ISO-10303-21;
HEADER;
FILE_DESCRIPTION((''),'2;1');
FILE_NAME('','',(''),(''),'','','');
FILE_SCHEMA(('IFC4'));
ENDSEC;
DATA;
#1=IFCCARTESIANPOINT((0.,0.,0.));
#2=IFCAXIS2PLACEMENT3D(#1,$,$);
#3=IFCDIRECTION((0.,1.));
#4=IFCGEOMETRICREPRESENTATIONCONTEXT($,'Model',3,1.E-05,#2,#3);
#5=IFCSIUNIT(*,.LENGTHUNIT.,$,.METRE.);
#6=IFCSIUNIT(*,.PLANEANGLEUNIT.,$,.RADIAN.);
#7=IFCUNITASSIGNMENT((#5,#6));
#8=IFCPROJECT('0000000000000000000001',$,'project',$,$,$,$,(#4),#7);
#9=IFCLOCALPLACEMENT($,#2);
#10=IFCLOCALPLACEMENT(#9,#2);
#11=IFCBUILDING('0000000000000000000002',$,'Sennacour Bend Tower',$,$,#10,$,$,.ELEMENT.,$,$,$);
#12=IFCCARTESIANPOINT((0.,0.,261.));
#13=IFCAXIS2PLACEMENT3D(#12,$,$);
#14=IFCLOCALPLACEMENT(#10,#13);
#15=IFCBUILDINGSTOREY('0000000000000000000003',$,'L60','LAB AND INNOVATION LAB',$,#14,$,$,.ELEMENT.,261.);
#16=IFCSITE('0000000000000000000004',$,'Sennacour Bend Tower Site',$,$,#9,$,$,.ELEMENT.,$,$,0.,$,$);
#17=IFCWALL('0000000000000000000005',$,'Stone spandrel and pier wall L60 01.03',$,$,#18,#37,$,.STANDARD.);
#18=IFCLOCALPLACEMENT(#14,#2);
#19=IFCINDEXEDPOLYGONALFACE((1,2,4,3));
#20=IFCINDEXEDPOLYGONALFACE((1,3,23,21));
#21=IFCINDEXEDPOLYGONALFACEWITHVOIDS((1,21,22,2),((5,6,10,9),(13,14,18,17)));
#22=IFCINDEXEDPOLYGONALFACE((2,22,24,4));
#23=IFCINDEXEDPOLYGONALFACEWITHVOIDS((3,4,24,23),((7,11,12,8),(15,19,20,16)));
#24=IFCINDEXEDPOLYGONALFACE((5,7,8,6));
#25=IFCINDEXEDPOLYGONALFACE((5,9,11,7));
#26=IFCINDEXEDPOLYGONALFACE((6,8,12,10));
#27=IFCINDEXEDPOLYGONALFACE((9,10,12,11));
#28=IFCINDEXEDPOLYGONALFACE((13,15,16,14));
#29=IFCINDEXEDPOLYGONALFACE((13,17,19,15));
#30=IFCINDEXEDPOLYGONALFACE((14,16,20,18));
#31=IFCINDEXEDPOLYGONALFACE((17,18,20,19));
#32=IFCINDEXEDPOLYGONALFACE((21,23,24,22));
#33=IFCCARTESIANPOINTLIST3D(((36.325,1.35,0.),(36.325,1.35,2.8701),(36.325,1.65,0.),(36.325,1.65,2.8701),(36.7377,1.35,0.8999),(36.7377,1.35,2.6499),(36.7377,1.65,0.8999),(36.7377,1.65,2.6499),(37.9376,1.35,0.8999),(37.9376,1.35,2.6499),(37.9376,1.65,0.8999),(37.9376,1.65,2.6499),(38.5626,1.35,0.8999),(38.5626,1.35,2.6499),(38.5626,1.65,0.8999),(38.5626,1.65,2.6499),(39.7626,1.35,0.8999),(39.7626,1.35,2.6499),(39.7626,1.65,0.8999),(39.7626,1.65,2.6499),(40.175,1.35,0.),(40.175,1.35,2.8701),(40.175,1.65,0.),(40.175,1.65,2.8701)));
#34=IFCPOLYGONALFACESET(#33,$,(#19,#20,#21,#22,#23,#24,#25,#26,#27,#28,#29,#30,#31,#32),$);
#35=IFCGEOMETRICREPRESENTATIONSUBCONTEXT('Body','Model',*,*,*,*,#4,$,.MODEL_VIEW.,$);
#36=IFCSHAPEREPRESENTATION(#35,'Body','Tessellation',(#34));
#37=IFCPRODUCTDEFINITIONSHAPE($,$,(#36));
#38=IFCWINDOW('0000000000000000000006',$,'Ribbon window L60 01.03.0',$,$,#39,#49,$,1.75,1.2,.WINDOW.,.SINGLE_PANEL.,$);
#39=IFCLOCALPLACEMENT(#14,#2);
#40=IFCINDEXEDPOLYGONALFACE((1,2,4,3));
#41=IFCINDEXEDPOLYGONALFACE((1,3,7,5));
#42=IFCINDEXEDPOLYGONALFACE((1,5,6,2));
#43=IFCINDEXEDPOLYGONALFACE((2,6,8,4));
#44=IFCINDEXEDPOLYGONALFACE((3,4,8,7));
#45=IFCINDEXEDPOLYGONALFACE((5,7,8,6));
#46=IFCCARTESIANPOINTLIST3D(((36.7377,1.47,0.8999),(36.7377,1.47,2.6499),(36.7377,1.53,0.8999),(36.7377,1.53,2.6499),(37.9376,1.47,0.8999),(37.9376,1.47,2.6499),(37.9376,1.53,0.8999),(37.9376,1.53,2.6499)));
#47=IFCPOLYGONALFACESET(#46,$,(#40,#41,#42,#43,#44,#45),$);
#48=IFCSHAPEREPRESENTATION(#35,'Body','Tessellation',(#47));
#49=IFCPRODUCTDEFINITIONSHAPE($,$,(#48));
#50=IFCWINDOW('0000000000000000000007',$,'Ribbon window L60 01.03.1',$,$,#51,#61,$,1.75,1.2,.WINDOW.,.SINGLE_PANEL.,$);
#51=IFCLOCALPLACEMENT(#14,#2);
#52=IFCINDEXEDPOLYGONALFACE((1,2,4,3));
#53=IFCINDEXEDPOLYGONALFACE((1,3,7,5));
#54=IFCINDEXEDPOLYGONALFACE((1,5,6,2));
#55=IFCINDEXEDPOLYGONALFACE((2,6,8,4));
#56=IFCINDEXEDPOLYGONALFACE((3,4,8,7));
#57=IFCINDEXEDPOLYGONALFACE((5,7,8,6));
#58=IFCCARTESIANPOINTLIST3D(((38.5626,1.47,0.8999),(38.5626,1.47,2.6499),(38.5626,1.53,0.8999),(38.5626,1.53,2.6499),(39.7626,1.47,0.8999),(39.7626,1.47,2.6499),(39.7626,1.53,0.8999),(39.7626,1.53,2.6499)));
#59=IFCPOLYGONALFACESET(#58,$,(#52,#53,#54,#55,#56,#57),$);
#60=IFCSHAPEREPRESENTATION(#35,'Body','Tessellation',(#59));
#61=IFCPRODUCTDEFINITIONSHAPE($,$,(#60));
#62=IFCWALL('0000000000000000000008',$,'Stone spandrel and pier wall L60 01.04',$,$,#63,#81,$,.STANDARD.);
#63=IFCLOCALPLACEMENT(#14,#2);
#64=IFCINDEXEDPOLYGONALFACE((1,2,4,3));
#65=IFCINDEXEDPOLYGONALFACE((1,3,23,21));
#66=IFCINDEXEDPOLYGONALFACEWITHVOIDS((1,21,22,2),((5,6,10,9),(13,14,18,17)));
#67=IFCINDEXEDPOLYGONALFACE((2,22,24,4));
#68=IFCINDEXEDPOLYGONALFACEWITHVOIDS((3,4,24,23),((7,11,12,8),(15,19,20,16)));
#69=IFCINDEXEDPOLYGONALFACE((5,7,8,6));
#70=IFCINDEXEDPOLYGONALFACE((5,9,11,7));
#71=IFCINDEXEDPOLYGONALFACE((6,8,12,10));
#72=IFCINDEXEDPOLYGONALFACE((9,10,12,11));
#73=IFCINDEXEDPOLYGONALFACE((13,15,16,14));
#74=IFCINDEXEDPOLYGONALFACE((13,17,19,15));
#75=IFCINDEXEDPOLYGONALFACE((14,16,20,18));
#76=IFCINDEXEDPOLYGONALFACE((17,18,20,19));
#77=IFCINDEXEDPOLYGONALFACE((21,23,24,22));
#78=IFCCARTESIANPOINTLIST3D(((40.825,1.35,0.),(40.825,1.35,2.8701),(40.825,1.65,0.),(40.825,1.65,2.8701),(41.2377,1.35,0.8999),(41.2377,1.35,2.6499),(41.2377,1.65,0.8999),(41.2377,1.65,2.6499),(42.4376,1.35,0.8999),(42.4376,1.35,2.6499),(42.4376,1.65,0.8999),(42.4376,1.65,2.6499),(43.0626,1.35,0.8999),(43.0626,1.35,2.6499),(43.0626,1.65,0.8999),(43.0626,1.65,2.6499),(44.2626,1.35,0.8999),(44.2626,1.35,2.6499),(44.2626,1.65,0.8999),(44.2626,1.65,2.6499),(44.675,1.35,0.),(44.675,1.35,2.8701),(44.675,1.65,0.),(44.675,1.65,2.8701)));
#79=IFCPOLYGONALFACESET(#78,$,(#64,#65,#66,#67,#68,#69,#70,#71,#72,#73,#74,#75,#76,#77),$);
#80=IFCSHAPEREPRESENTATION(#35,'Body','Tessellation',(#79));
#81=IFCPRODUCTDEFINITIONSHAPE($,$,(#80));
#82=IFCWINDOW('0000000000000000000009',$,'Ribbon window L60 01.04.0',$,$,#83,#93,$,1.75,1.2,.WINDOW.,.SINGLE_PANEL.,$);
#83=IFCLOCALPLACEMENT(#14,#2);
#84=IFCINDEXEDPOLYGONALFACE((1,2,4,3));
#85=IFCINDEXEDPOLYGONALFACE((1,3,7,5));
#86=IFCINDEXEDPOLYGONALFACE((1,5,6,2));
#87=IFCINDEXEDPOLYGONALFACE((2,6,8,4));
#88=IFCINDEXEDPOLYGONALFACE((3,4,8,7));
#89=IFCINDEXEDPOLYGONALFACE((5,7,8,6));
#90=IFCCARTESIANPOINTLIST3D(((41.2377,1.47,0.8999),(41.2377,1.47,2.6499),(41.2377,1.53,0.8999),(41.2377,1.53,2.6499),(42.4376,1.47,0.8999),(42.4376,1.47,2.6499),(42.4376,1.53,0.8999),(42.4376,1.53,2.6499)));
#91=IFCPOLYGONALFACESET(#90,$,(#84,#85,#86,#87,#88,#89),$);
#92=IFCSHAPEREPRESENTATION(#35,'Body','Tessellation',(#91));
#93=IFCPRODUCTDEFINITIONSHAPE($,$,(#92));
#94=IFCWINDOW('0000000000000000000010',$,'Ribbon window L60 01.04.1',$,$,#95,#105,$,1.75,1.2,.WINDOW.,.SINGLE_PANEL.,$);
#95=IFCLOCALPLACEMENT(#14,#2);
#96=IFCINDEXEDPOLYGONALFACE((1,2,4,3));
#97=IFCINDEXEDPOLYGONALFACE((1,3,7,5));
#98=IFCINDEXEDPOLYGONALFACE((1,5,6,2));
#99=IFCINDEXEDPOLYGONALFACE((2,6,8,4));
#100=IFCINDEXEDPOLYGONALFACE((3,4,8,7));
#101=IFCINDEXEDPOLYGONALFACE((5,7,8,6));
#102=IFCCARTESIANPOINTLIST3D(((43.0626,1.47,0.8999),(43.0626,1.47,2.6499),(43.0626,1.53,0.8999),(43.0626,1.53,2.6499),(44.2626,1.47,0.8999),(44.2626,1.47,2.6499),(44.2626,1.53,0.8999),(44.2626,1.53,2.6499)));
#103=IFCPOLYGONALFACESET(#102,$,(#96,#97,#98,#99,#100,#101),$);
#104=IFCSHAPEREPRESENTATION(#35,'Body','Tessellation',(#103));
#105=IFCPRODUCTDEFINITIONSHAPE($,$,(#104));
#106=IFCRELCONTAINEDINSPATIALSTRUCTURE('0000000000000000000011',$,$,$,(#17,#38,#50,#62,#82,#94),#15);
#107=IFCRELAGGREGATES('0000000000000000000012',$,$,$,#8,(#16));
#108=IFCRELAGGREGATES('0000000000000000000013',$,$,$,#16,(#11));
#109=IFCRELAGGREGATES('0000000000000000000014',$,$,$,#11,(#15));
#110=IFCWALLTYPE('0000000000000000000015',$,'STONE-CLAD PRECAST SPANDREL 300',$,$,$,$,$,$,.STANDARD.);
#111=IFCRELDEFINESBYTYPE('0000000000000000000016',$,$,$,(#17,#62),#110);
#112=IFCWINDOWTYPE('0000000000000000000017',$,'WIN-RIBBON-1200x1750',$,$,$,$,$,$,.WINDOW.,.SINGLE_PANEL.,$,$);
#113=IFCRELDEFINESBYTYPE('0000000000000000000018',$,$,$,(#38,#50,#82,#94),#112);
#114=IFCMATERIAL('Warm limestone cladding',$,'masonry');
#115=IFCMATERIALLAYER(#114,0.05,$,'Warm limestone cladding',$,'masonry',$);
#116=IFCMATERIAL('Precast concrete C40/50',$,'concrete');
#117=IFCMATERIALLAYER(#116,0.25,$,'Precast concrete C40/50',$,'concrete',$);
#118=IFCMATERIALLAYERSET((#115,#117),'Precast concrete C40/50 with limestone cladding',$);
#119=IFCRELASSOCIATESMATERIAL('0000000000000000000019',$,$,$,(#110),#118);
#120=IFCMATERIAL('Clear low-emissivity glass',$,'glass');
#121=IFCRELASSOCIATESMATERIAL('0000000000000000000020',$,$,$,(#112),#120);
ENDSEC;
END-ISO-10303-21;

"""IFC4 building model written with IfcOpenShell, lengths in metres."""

from ifc_helpers import new_model, si_unit, direction, frame, frame_2d, origin, place, context, subcontext, project, spatial, rectangle, extrude, material, layer, layer_set, type_object, element, fill, save


model = new_model("IFC4")

# Units and contexts
model_context = context("Model", 3, precision=1e-05, world=origin(), true_north=direction((0.0, 1.0)))
body_context = subcontext(model_context, "Body", "Model", "MODEL_VIEW")
ifc_project = project(units=[si_unit("LENGTHUNIT", "METRE"), si_unit("PLANEANGLEUNIT", "RADIAN")], contexts=[model_context])

# Site, building, storey
site_placement = place(None, origin())
site = spatial("IfcSite", under=ifc_project, at=site_placement, Name="Sennacour Bend Tower Site", CompositionType="ELEMENT", RefElevation=0.0)
building_placement = place(site_placement, origin())
building = spatial("IfcBuilding", under=site, at=building_placement, Name="Sennacour Bend Tower", CompositionType="ELEMENT")
storey_placement = place(building_placement, frame((0.0, 0.0, 261.0)))
storey = spatial("IfcBuildingStorey", under=building, at=storey_placement, Name="L60", Description="LAB AND INNOVATION LAB", CompositionType="ELEMENT", Elevation=261.0)

# Walls, openings, windows
ifc_material_1 = material(Name="Warm limestone cladding", Category="masonry")
ifc_layer_1 = layer(ifc_material_1, 0.05, Name="Warm limestone cladding", Category="masonry")
ifc_material_2 = material(Name="Precast concrete C40/50", Category="concrete")
ifc_layer_2 = layer(ifc_material_2, 0.25, Name="Precast concrete C40/50", Category="concrete")
ifc_layer_set_1 = layer_set([ifc_layer_1, ifc_layer_2], Name="Precast concrete C40/50 with limestone cladding")
wall_type_1 = type_object("IfcWallType", Name="STONE-CLAD PRECAST SPANDREL 300", PredefinedType="STANDARD", material=ifc_layer_set_1)
ifc_material_3 = material(Name="Clear low-emissivity glass", Category="glass")
window_type = type_object("IfcWindowType", Name="WIN-RIBBON-1200x1750", PartitioningType="SINGLE_PANEL", PredefinedType="WINDOW", material=ifc_material_3)
wall_1_placement = place(storey_placement, frame((36.325, 1.5, 0.0), z_axis=(0.0, 0.0, 1.0), x_axis=(1.0, 0.0, 0.0)))
wall_1 = element("IfcWall", 1, at=wall_1_placement, inside=storey, type_object=wall_type_1, Name="Stone spandrel and pier wall L60 01.03", PredefinedType="STANDARD", context=body_context, shape_type="SweptSolid", body=[
    extrude(rectangle(XDim=3.8501, YDim=0.3, at=frame_2d((1.925, 0.0))), origin(), (0.0, 0.0, 1.0), 2.8701),
])
opening_1_placement = place(wall_1_placement, frame((0.4126, 0.0, 0.8999)))
opening_1 = element("IfcOpeningElement", 2, at=opening_1_placement, cuts=wall_1, PredefinedType="OPENING", context=body_context, shape_type="SweptSolid", body=[
    extrude(rectangle(XDim=1.2, YDim=1.75, at=frame_2d((0.6001, 0.875))), frame((0.0, 0.1602, 0.0), z_axis=(0.0, -1.0, 0.0), x_axis=(1.0, 0.0, 0.0)), (0.0, 0.0, 1.0), 0.3201),
])
opening_2_placement = place(wall_1_placement, frame((2.2375, 0.0, 0.8999)))
opening_2 = element("IfcOpeningElement", 3, at=opening_2_placement, cuts=wall_1, PredefinedType="OPENING", context=body_context, shape_type="SweptSolid", body=[
    extrude(rectangle(XDim=1.2, YDim=1.75, at=frame_2d((0.6001, 0.875))), frame((0.0, 0.1602, 0.0), z_axis=(0.0, -1.0, 0.0), x_axis=(1.0, 0.0, 0.0)), (0.0, 0.0, 1.0), 0.3201),
])
window_1_placement = place(opening_1_placement, origin())
window_1 = element("IfcWindow", 4, at=window_1_placement, inside=storey, type_object=window_type, Name="Ribbon window L60 01.03.0", OverallHeight=1.75, OverallWidth=1.2, PartitioningType="SINGLE_PANEL", PredefinedType="WINDOW", context=body_context, shape_type="SweptSolid", body=[
    extrude(rectangle(XDim=1.2, YDim=1.75, at=frame_2d((0.6001, 0.875))), frame((0.0, 0.03, 0.0), z_axis=(0.0, -1.0, 0.0), x_axis=(1.0, 0.0, 0.0)), (0.0, 0.0, 1.0), 0.0601),
])
fill(opening_1, window_1)
window_2_placement = place(opening_2_placement, origin())
window_2 = element("IfcWindow", 5, at=window_2_placement, inside=storey, type_object=window_type, Name="Ribbon window L60 01.03.1", OverallHeight=1.75, OverallWidth=1.2, PartitioningType="SINGLE_PANEL", PredefinedType="WINDOW", context=body_context, shape_type="SweptSolid", body=[
    extrude(rectangle(XDim=1.2, YDim=1.75, at=frame_2d((0.6001, 0.875))), frame((0.0, 0.03, 0.0), z_axis=(0.0, -1.0, 0.0), x_axis=(1.0, 0.0, 0.0)), (0.0, 0.0, 1.0), 0.0601),
])
fill(opening_2, window_2)
wall_2_placement = place(storey_placement, frame((40.825, 1.5, 0.0), z_axis=(0.0, 0.0, 1.0), x_axis=(1.0, 0.0, 0.0)))
wall_2 = element("IfcWall", 6, at=wall_2_placement, inside=storey, type_object=wall_type_1, Name="Stone spandrel and pier wall L60 01.04", PredefinedType="STANDARD", context=body_context, shape_type="SweptSolid", body=[
    extrude(rectangle(XDim=3.8501, YDim=0.3, at=frame_2d((1.925, 0.0))), origin(), (0.0, 0.0, 1.0), 2.8701),
])
opening_3_placement = place(wall_2_placement, frame((0.4126, 0.0, 0.8999)))
opening_3 = element("IfcOpeningElement", 7, at=opening_3_placement, cuts=wall_2, PredefinedType="OPENING", context=body_context, shape_type="SweptSolid", body=[
    extrude(rectangle(XDim=1.2, YDim=1.75, at=frame_2d((0.6001, 0.875))), frame((0.0, 0.1602, 0.0), z_axis=(0.0, -1.0, 0.0), x_axis=(1.0, 0.0, 0.0)), (0.0, 0.0, 1.0), 0.3201),
])
opening_4_placement = place(wall_2_placement, frame((2.2375, 0.0, 0.8999)))
opening_4 = element("IfcOpeningElement", 8, at=opening_4_placement, cuts=wall_2, PredefinedType="OPENING", context=body_context, shape_type="SweptSolid", body=[
    extrude(rectangle(XDim=1.2, YDim=1.75, at=frame_2d((0.6001, 0.875))), frame((0.0, 0.1602, 0.0), z_axis=(0.0, -1.0, 0.0), x_axis=(1.0, 0.0, 0.0)), (0.0, 0.0, 1.0), 0.3201),
])
window_3_placement = place(opening_3_placement, origin())
window_3 = element("IfcWindow", 9, at=window_3_placement, inside=storey, type_object=window_type, Name="Ribbon window L60 01.04.0", OverallHeight=1.75, OverallWidth=1.2, PartitioningType="SINGLE_PANEL", PredefinedType="WINDOW", context=body_context, shape_type="SweptSolid", body=[
    extrude(rectangle(XDim=1.2, YDim=1.75, at=frame_2d((0.6001, 0.875))), frame((0.0, 0.03, 0.0), z_axis=(0.0, -1.0, 0.0), x_axis=(1.0, 0.0, 0.0)), (0.0, 0.0, 1.0), 0.0601),
])
fill(opening_3, window_3)
window_4_placement = place(opening_4_placement, origin())
window_4 = element("IfcWindow", 10, at=window_4_placement, inside=storey, type_object=window_type, Name="Ribbon window L60 01.04.1", OverallHeight=1.75, OverallWidth=1.2, PartitioningType="SINGLE_PANEL", PredefinedType="WINDOW", context=body_context, shape_type="SweptSolid", body=[
    extrude(rectangle(XDim=1.2, YDim=1.75, at=frame_2d((0.6001, 0.875))), frame((0.0, 0.03, 0.0), z_axis=(0.0, -1.0, 0.0), x_axis=(1.0, 0.0, 0.0)), (0.0, 0.0, 1.0), 0.0601),
])
fill(opening_4, window_4)

save(model, "model.ifc")
